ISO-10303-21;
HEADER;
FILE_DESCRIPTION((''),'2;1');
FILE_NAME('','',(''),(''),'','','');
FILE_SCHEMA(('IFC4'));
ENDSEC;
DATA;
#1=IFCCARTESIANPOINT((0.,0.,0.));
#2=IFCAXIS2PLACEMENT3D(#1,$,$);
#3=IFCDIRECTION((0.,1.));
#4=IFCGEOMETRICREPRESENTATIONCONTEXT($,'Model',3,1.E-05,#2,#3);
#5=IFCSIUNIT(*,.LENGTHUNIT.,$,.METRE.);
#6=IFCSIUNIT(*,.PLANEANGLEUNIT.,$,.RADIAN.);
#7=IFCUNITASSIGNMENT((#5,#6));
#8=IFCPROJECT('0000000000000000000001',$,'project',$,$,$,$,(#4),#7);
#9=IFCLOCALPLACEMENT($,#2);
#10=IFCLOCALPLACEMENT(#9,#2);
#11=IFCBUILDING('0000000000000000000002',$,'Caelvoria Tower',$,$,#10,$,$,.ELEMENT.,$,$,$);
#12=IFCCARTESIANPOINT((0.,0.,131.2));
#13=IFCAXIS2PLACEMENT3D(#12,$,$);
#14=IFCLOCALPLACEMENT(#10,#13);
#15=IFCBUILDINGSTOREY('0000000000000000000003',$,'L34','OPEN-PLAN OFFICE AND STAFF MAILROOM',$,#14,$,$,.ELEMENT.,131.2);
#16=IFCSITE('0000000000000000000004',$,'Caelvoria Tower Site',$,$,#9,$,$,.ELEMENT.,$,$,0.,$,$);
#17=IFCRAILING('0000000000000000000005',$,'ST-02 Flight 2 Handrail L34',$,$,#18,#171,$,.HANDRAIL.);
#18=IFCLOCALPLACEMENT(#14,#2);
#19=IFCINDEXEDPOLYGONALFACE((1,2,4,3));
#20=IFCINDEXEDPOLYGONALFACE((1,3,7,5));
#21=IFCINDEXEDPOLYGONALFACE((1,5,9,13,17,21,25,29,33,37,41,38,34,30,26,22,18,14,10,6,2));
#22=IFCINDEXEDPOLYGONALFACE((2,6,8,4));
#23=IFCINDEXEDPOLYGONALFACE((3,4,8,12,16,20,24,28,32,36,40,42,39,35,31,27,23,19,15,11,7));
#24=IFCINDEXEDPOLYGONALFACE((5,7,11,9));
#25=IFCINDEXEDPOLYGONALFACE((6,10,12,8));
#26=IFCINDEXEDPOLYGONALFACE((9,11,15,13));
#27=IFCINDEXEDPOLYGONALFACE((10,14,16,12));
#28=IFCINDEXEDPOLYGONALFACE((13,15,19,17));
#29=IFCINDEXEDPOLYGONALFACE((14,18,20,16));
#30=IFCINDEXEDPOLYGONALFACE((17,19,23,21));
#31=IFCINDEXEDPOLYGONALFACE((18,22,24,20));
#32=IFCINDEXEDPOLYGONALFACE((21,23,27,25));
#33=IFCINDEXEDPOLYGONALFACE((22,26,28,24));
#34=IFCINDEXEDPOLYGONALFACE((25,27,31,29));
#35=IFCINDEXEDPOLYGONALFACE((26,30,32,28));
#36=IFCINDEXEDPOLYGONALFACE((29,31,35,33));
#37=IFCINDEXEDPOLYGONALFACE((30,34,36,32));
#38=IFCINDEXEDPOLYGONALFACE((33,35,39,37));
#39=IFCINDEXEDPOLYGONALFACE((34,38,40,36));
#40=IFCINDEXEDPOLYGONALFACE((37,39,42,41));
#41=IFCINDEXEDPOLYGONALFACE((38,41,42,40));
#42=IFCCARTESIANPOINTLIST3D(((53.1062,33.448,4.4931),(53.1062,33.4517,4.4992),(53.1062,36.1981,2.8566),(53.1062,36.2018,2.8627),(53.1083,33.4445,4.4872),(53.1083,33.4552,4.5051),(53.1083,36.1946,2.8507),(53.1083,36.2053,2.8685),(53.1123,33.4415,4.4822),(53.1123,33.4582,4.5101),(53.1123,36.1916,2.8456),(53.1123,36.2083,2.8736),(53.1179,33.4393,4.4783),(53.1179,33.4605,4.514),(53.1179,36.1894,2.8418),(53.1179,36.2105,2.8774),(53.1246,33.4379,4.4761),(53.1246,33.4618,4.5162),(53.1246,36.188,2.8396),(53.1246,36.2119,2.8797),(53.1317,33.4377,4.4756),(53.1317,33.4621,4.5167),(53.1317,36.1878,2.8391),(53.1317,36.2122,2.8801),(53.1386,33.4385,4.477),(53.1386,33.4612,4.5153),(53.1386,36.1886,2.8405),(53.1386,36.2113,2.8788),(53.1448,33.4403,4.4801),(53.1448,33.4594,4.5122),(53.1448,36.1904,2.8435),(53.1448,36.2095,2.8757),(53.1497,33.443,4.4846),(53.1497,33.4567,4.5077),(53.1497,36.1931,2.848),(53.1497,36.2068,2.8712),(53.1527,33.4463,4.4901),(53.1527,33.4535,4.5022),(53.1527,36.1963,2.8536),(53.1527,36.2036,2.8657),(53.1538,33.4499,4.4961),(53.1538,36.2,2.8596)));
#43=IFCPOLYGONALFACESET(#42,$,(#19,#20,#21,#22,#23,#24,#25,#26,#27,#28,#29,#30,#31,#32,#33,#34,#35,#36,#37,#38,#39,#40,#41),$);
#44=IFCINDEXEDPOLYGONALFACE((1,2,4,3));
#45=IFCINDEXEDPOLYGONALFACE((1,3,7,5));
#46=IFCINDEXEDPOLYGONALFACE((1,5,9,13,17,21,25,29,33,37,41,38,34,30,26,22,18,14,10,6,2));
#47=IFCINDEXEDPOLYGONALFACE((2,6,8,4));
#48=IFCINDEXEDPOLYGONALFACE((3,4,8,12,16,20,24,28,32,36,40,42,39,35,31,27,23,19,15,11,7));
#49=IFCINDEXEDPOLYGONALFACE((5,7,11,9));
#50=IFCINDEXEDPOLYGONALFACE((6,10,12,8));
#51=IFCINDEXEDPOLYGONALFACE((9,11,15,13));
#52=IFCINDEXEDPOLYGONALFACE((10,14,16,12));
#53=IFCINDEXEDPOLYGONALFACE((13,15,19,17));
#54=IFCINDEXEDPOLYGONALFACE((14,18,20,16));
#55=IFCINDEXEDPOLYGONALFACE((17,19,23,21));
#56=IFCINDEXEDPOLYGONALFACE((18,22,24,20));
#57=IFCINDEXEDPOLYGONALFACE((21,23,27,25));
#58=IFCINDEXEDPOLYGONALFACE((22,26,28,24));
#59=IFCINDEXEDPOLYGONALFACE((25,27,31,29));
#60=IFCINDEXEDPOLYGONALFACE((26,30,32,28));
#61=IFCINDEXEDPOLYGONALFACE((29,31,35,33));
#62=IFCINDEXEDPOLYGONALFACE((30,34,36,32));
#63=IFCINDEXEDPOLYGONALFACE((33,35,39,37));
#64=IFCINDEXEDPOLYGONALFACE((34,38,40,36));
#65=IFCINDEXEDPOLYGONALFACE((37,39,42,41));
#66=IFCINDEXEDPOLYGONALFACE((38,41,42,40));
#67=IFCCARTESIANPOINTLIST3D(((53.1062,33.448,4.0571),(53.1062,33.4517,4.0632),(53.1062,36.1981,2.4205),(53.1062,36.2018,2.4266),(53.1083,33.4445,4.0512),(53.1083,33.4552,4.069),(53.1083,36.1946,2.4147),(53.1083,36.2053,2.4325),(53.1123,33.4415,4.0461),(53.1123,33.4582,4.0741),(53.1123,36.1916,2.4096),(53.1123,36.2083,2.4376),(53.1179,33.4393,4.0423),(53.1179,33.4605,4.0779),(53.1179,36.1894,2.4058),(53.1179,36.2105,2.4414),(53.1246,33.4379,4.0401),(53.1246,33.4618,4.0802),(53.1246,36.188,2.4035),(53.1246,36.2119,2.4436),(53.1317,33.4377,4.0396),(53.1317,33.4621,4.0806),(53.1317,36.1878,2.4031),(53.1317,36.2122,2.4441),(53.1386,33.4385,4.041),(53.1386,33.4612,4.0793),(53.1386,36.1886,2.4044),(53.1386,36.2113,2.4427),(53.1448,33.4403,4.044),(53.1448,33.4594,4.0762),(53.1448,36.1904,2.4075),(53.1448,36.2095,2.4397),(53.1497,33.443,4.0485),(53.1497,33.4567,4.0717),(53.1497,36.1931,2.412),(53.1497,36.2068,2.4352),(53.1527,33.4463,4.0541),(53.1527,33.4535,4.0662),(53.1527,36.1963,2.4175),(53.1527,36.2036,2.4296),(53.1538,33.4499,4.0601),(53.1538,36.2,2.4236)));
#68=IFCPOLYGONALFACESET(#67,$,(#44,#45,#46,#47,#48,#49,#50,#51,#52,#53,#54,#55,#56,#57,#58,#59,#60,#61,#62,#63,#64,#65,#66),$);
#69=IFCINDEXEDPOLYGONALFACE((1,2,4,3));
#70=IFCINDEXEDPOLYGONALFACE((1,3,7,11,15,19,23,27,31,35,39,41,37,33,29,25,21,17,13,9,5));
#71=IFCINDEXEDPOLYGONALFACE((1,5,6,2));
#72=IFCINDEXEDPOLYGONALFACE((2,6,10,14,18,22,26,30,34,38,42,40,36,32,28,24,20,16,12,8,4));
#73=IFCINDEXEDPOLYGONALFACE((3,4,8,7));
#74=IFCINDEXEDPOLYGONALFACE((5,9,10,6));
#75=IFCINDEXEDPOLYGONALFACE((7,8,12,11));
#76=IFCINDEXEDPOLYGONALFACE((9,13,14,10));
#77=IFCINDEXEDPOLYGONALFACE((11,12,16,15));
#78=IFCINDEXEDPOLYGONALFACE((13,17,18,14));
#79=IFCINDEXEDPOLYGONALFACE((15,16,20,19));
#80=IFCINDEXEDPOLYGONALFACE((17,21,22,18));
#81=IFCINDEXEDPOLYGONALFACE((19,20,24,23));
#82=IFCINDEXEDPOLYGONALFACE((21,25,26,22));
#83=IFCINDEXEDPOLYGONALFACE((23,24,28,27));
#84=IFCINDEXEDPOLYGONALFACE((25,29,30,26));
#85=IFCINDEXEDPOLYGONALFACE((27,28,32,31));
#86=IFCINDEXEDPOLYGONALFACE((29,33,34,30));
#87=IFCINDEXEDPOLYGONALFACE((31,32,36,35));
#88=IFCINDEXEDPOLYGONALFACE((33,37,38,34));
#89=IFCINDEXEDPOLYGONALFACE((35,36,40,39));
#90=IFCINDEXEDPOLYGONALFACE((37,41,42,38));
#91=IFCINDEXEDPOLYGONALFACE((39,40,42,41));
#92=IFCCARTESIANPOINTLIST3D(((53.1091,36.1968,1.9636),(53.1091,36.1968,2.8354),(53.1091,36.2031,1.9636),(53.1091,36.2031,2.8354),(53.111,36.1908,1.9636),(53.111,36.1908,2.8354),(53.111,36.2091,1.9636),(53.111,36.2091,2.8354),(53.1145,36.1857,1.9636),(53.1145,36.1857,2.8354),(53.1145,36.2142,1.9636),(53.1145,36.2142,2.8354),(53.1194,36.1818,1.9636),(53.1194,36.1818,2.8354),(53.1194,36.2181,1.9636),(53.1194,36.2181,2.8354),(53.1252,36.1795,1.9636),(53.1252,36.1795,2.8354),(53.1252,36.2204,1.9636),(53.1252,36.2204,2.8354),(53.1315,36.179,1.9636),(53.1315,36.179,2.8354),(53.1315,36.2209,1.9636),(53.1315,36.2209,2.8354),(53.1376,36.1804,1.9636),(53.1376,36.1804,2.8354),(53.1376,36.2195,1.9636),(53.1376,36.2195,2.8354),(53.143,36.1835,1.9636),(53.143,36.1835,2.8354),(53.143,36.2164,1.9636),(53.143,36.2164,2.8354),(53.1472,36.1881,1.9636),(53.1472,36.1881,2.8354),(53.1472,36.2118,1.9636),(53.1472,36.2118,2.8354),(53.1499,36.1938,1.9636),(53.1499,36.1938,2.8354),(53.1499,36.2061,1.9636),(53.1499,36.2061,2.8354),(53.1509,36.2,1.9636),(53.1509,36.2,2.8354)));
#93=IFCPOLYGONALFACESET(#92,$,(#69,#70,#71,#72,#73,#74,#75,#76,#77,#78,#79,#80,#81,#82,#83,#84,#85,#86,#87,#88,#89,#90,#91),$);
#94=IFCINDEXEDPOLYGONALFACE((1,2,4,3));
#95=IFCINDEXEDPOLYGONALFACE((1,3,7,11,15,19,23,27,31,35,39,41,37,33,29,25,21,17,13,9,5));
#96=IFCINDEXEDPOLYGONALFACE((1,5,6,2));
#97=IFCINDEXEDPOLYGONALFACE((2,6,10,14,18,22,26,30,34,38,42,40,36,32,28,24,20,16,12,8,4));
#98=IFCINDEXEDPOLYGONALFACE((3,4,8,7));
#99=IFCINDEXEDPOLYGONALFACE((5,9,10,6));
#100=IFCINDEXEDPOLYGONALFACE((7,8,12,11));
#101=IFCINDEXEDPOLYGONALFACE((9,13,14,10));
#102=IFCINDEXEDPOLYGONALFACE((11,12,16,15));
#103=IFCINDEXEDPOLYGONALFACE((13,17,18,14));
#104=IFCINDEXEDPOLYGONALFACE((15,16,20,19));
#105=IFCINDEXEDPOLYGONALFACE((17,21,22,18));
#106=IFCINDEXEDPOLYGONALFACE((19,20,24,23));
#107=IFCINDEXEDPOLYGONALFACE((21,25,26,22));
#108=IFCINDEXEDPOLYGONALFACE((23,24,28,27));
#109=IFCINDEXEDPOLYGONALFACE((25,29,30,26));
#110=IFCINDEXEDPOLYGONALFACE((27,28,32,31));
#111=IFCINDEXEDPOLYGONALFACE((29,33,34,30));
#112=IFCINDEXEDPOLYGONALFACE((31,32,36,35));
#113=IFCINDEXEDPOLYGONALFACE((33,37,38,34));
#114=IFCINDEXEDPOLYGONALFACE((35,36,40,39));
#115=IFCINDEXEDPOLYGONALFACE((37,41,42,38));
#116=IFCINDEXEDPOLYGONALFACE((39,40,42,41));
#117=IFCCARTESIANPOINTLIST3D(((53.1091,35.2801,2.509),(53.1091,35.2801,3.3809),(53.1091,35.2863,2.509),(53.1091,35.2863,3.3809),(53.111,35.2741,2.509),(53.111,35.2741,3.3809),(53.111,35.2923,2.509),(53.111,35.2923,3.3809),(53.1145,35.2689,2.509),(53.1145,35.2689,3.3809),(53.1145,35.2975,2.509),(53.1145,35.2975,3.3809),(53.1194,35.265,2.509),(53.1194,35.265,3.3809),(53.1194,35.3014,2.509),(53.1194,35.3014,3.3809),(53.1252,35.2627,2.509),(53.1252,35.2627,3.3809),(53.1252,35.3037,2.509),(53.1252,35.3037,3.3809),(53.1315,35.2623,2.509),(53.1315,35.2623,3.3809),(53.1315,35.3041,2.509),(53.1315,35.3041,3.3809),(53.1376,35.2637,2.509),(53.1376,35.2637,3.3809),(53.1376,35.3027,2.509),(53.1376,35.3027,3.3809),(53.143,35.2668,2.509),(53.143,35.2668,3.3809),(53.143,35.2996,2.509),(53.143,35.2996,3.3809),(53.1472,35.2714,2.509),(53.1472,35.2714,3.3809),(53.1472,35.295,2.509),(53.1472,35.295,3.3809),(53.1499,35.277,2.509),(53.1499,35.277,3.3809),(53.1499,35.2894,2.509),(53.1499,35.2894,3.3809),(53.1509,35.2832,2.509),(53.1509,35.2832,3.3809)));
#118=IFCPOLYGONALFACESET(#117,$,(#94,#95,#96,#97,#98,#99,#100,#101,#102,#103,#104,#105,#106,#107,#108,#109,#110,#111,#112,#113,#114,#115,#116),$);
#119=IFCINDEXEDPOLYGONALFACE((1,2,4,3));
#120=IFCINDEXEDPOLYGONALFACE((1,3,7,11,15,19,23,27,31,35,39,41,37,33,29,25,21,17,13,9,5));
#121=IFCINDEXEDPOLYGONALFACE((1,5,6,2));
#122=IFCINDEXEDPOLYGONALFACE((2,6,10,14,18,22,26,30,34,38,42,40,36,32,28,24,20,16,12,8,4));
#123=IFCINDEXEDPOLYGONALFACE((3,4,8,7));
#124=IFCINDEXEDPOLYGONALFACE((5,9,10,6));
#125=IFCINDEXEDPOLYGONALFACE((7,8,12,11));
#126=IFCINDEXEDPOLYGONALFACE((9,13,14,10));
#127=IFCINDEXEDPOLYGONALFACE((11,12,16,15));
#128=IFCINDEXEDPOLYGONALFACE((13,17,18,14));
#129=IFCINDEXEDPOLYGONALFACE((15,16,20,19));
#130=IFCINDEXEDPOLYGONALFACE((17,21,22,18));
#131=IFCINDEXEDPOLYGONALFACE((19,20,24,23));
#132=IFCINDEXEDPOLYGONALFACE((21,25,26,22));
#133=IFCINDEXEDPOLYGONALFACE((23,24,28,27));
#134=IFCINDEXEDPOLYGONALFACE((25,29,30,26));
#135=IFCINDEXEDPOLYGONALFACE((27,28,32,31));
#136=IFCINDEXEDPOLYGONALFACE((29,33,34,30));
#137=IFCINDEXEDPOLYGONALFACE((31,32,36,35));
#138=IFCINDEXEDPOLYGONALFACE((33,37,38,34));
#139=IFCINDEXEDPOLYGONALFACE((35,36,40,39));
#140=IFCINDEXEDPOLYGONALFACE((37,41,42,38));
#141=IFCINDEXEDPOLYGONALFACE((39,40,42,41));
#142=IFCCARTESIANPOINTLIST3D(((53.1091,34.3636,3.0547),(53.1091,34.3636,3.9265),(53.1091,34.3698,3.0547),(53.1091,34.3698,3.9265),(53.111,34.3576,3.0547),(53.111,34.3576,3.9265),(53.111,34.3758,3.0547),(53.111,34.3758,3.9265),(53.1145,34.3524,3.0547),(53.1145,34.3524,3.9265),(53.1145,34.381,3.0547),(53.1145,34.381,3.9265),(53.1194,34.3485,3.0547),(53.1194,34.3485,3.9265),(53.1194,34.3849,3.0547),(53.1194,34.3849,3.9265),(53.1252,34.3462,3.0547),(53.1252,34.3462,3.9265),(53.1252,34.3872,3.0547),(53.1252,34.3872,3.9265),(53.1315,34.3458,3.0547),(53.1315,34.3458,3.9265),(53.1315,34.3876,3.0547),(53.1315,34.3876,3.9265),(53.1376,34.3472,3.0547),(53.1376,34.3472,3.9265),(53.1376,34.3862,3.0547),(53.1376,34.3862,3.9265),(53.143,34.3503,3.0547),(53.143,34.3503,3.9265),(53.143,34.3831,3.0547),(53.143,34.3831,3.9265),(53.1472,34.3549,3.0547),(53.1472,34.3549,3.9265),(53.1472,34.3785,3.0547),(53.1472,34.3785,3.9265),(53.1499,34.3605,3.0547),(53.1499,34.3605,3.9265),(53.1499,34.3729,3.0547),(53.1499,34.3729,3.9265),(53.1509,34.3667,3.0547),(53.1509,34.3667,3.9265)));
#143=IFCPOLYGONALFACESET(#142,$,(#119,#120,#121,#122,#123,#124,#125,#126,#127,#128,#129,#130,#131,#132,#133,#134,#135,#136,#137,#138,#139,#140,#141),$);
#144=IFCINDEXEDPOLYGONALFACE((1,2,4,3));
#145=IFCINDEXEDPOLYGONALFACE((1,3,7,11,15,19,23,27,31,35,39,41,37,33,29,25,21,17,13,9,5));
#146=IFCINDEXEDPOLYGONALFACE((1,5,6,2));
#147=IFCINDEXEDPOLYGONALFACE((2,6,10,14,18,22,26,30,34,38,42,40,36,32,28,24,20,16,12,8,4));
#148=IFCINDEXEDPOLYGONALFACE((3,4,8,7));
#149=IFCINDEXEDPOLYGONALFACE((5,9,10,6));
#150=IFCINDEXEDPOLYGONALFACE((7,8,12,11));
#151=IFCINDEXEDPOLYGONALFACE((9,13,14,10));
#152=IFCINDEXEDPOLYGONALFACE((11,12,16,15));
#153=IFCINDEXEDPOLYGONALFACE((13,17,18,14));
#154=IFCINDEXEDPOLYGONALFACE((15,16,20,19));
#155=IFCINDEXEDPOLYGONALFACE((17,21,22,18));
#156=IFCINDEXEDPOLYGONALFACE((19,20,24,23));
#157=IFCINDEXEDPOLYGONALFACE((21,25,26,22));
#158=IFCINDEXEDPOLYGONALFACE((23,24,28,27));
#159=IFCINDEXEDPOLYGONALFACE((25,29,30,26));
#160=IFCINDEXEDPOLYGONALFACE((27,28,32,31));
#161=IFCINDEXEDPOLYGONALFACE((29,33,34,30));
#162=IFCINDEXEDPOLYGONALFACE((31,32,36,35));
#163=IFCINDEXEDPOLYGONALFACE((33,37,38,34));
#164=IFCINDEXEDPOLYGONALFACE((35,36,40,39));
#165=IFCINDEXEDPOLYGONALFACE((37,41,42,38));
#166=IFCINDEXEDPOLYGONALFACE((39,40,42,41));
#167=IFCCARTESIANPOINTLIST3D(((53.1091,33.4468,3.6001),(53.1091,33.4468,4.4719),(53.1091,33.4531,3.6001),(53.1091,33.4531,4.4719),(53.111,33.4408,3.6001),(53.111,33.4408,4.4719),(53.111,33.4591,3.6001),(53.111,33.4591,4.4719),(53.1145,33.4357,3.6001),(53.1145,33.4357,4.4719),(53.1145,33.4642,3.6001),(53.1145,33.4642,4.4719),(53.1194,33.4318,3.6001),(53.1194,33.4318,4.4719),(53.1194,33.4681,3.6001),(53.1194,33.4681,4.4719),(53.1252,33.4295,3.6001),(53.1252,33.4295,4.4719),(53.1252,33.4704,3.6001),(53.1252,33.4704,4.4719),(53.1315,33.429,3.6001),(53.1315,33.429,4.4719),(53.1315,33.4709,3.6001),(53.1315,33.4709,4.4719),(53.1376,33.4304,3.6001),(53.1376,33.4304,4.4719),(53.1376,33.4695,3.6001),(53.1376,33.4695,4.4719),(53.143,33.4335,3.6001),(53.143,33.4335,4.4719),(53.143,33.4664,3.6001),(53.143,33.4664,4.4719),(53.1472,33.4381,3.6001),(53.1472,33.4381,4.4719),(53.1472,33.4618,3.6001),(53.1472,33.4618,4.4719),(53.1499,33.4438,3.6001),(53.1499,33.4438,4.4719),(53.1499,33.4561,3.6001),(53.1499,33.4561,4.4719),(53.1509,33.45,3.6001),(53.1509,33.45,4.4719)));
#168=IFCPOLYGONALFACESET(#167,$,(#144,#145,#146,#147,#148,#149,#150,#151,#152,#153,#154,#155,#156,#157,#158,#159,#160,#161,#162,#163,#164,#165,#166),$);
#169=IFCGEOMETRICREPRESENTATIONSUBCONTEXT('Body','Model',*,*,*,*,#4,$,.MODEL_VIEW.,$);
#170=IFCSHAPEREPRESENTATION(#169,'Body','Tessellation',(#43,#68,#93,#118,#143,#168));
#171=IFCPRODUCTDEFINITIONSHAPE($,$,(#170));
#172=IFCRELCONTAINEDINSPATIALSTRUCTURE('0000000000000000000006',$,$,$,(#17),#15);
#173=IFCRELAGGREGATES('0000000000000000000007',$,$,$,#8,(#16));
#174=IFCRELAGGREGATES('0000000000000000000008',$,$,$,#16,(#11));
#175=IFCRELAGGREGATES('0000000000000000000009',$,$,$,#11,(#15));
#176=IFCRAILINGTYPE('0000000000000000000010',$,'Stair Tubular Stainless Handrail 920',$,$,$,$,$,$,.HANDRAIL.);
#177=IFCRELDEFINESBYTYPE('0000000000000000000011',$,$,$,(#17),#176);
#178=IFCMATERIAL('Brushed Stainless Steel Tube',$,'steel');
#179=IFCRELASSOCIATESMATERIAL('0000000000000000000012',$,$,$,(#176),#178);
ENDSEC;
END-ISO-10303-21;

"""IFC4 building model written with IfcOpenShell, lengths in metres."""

from ifc_helpers import new_model, si_unit, direction, frame, origin, origin_2d, place, context, subcontext, project, spatial, circle, extrude, material, type_object, element, save


model = new_model("IFC4")

# Units and contexts
model_context = context("Model", 3, precision=1e-05, world=origin(), true_north=direction((0.0, 1.0)))
body_context = subcontext(model_context, "Body", "Model", "MODEL_VIEW")
ifc_project = project(units=[si_unit("LENGTHUNIT", "METRE"), si_unit("PLANEANGLEUNIT", "RADIAN")], contexts=[model_context])

# Site, building, storey
site_placement = place(None, origin())
site = spatial("IfcSite", under=ifc_project, at=site_placement, Name="Caelvoria Tower Site", CompositionType="ELEMENT", RefElevation=0.0)
building_placement = place(site_placement, origin())
building = spatial("IfcBuilding", under=site, at=building_placement, Name="Caelvoria Tower", CompositionType="ELEMENT")
storey_placement = place(building_placement, frame((0.0, 0.0, 131.2)))
storey = spatial("IfcBuildingStorey", under=building, at=storey_placement, Name="L34", Description="OPEN-PLAN OFFICE AND STAFF MAILROOM", CompositionType="ELEMENT", Elevation=131.2)

# Railing
ifc_material_1 = material(Name="Brushed Stainless Steel Tube", Category="steel")
railing_type_1 = type_object("IfcRailingType", Name="Stair Tubular Stainless Handrail 920", PredefinedType="HANDRAIL", material=ifc_material_1)
railing_1_placement = place(storey_placement, frame((53.1299, 36.2, 1.9636)))
element("IfcRailing", 1, at=railing_1_placement, inside=storey, type_object=railing_type_1, Name="ST-02 Flight 2 Handrail L34", PredefinedType="HANDRAIL", context=body_context, shape_type="SweptSolid", body=[
    extrude(circle(Radius=0.0239, at=origin_2d()), frame((0.0, 0.0, 0.896), z_axis=(0.0, -0.859352, 0.511385), x_axis=(1.0, 0.0, 0.0)), (0.0, 0.0, 1.0), 3.2002),
    extrude(circle(Radius=0.0239, at=origin_2d()), frame((0.0, 0.0, 0.46), z_axis=(0.0, -0.859352, 0.511385), x_axis=(1.0, 0.0, 0.0)), (0.0, 0.0, 1.0), 3.2002),
    extrude(circle(Radius=0.021, at=origin_2d()), origin(), (0.0, 0.0, 1.0), 0.8718),
    extrude(circle(Radius=0.021, at=origin_2d()), frame((0.0, -0.9167, 0.5454)), (0.0, 0.0, 1.0), 0.8718),
    extrude(circle(Radius=0.021, at=origin_2d()), frame((0.0, -1.8333, 1.0911)), (0.0, 0.0, 1.0), 0.8718),
    extrude(circle(Radius=0.021, at=origin_2d()), frame((0.0, -2.75, 1.6365)), (0.0, 0.0, 1.0), 0.8718),
])

save(model, "model.ifc")
